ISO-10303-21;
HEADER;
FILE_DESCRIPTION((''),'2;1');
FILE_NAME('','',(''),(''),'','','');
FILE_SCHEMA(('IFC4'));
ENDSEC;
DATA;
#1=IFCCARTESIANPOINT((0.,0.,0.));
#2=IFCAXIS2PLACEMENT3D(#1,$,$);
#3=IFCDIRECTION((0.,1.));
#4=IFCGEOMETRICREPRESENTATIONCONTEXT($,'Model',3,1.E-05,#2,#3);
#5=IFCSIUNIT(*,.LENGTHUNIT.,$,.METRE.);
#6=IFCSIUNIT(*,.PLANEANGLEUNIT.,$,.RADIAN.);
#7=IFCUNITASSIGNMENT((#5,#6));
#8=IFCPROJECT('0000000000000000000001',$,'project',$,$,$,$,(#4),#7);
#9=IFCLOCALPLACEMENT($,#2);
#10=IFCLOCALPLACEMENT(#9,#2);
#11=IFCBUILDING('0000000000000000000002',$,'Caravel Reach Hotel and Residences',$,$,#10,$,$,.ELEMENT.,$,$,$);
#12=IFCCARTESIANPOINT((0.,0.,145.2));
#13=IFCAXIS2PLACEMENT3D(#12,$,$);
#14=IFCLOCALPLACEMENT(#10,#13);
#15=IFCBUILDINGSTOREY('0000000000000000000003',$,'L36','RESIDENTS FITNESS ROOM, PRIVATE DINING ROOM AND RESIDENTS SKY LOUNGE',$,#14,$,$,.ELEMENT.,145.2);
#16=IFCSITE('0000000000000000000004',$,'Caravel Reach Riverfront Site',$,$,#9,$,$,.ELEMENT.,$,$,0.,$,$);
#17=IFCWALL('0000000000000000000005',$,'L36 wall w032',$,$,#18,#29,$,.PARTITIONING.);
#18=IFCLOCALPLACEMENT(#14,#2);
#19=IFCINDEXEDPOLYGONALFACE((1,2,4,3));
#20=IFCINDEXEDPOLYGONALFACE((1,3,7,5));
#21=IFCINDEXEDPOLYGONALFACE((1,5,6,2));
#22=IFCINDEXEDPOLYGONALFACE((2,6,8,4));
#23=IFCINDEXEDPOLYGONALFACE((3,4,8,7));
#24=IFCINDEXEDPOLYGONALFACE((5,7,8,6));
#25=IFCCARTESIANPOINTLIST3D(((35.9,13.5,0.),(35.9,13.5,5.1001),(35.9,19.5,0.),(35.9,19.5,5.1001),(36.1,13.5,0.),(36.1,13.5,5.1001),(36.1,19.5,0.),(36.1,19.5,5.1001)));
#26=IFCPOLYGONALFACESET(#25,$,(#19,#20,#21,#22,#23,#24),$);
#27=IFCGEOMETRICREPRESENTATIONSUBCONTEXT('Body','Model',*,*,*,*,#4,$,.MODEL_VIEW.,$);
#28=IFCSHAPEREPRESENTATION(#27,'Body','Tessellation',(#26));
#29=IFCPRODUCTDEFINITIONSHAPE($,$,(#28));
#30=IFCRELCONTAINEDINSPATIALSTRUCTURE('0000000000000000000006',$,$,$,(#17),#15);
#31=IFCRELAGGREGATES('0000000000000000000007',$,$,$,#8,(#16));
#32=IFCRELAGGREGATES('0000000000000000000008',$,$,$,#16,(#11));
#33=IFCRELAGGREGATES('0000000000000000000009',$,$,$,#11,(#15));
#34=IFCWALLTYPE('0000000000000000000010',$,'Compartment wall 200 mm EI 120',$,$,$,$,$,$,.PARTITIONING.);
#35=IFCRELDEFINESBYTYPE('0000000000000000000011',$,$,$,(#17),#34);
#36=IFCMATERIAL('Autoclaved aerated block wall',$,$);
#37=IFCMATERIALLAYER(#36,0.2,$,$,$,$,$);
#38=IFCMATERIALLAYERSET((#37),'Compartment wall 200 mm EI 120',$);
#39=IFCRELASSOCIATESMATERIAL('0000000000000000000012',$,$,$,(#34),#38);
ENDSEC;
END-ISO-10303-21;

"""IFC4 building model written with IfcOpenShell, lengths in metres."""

from ifc_helpers import new_model, si_unit, direction, frame, frame_2d, origin, place, context, subcontext, project, spatial, rectangle, extrude, material, layer, layer_set, type_object, element, save


model = new_model("IFC4")

# Units and contexts
model_context = context("Model", 3, precision=1e-05, world=origin(), true_north=direction((0.0, 1.0)))
body_context = subcontext(model_context, "Body", "Model", "MODEL_VIEW")
ifc_project = project(units=[si_unit("LENGTHUNIT", "METRE"), si_unit("PLANEANGLEUNIT", "RADIAN")], contexts=[model_context])

# Site, building, storey
site_placement = place(None, origin())
site = spatial("IfcSite", under=ifc_project, at=site_placement, Name="Caravel Reach Riverfront Site", CompositionType="ELEMENT", RefElevation=0.0)
building_placement = place(site_placement, origin())
building = spatial("IfcBuilding", under=site, at=building_placement, Name="Caravel Reach Hotel and Residences", CompositionType="ELEMENT")
storey_placement = place(building_placement, frame((0.0, 0.0, 145.2)))
storey = spatial("IfcBuildingStorey", under=building, at=storey_placement, Name="L36", Description="RESIDENTS FITNESS ROOM, PRIVATE DINING ROOM AND RESIDENTS SKY LOUNGE", CompositionType="ELEMENT", Elevation=145.2)

# Shared definitions
ifc_material_1 = material(Name="Autoclaved aerated block wall")
ifc_layer_1 = layer(ifc_material_1, 0.2)
ifc_layer_set_1 = layer_set([ifc_layer_1], Name="Compartment wall 200 mm EI 120")
wall_type = type_object("IfcWallType", Name="Compartment wall 200 mm EI 120", PredefinedType="PARTITIONING", material=ifc_layer_set_1)

# Wall
wall_1_placement = place(storey_placement, frame((36.0, 13.5, 0.0), z_axis=(0.0, 0.0, 1.0), x_axis=(0.0, 1.0, 0.0)))
element("IfcWall", 1, at=wall_1_placement, inside=storey, type_object=wall_type, Name="L36 wall w032", PredefinedType="PARTITIONING", context=body_context, shape_type="SweptSolid", body=[
    extrude(rectangle(XDim=6.0, YDim=0.2, at=frame_2d((3.0, 0.0))), origin(), (0.0, 0.0, 1.0), 5.1001),
])

save(model, "model.ifc")
